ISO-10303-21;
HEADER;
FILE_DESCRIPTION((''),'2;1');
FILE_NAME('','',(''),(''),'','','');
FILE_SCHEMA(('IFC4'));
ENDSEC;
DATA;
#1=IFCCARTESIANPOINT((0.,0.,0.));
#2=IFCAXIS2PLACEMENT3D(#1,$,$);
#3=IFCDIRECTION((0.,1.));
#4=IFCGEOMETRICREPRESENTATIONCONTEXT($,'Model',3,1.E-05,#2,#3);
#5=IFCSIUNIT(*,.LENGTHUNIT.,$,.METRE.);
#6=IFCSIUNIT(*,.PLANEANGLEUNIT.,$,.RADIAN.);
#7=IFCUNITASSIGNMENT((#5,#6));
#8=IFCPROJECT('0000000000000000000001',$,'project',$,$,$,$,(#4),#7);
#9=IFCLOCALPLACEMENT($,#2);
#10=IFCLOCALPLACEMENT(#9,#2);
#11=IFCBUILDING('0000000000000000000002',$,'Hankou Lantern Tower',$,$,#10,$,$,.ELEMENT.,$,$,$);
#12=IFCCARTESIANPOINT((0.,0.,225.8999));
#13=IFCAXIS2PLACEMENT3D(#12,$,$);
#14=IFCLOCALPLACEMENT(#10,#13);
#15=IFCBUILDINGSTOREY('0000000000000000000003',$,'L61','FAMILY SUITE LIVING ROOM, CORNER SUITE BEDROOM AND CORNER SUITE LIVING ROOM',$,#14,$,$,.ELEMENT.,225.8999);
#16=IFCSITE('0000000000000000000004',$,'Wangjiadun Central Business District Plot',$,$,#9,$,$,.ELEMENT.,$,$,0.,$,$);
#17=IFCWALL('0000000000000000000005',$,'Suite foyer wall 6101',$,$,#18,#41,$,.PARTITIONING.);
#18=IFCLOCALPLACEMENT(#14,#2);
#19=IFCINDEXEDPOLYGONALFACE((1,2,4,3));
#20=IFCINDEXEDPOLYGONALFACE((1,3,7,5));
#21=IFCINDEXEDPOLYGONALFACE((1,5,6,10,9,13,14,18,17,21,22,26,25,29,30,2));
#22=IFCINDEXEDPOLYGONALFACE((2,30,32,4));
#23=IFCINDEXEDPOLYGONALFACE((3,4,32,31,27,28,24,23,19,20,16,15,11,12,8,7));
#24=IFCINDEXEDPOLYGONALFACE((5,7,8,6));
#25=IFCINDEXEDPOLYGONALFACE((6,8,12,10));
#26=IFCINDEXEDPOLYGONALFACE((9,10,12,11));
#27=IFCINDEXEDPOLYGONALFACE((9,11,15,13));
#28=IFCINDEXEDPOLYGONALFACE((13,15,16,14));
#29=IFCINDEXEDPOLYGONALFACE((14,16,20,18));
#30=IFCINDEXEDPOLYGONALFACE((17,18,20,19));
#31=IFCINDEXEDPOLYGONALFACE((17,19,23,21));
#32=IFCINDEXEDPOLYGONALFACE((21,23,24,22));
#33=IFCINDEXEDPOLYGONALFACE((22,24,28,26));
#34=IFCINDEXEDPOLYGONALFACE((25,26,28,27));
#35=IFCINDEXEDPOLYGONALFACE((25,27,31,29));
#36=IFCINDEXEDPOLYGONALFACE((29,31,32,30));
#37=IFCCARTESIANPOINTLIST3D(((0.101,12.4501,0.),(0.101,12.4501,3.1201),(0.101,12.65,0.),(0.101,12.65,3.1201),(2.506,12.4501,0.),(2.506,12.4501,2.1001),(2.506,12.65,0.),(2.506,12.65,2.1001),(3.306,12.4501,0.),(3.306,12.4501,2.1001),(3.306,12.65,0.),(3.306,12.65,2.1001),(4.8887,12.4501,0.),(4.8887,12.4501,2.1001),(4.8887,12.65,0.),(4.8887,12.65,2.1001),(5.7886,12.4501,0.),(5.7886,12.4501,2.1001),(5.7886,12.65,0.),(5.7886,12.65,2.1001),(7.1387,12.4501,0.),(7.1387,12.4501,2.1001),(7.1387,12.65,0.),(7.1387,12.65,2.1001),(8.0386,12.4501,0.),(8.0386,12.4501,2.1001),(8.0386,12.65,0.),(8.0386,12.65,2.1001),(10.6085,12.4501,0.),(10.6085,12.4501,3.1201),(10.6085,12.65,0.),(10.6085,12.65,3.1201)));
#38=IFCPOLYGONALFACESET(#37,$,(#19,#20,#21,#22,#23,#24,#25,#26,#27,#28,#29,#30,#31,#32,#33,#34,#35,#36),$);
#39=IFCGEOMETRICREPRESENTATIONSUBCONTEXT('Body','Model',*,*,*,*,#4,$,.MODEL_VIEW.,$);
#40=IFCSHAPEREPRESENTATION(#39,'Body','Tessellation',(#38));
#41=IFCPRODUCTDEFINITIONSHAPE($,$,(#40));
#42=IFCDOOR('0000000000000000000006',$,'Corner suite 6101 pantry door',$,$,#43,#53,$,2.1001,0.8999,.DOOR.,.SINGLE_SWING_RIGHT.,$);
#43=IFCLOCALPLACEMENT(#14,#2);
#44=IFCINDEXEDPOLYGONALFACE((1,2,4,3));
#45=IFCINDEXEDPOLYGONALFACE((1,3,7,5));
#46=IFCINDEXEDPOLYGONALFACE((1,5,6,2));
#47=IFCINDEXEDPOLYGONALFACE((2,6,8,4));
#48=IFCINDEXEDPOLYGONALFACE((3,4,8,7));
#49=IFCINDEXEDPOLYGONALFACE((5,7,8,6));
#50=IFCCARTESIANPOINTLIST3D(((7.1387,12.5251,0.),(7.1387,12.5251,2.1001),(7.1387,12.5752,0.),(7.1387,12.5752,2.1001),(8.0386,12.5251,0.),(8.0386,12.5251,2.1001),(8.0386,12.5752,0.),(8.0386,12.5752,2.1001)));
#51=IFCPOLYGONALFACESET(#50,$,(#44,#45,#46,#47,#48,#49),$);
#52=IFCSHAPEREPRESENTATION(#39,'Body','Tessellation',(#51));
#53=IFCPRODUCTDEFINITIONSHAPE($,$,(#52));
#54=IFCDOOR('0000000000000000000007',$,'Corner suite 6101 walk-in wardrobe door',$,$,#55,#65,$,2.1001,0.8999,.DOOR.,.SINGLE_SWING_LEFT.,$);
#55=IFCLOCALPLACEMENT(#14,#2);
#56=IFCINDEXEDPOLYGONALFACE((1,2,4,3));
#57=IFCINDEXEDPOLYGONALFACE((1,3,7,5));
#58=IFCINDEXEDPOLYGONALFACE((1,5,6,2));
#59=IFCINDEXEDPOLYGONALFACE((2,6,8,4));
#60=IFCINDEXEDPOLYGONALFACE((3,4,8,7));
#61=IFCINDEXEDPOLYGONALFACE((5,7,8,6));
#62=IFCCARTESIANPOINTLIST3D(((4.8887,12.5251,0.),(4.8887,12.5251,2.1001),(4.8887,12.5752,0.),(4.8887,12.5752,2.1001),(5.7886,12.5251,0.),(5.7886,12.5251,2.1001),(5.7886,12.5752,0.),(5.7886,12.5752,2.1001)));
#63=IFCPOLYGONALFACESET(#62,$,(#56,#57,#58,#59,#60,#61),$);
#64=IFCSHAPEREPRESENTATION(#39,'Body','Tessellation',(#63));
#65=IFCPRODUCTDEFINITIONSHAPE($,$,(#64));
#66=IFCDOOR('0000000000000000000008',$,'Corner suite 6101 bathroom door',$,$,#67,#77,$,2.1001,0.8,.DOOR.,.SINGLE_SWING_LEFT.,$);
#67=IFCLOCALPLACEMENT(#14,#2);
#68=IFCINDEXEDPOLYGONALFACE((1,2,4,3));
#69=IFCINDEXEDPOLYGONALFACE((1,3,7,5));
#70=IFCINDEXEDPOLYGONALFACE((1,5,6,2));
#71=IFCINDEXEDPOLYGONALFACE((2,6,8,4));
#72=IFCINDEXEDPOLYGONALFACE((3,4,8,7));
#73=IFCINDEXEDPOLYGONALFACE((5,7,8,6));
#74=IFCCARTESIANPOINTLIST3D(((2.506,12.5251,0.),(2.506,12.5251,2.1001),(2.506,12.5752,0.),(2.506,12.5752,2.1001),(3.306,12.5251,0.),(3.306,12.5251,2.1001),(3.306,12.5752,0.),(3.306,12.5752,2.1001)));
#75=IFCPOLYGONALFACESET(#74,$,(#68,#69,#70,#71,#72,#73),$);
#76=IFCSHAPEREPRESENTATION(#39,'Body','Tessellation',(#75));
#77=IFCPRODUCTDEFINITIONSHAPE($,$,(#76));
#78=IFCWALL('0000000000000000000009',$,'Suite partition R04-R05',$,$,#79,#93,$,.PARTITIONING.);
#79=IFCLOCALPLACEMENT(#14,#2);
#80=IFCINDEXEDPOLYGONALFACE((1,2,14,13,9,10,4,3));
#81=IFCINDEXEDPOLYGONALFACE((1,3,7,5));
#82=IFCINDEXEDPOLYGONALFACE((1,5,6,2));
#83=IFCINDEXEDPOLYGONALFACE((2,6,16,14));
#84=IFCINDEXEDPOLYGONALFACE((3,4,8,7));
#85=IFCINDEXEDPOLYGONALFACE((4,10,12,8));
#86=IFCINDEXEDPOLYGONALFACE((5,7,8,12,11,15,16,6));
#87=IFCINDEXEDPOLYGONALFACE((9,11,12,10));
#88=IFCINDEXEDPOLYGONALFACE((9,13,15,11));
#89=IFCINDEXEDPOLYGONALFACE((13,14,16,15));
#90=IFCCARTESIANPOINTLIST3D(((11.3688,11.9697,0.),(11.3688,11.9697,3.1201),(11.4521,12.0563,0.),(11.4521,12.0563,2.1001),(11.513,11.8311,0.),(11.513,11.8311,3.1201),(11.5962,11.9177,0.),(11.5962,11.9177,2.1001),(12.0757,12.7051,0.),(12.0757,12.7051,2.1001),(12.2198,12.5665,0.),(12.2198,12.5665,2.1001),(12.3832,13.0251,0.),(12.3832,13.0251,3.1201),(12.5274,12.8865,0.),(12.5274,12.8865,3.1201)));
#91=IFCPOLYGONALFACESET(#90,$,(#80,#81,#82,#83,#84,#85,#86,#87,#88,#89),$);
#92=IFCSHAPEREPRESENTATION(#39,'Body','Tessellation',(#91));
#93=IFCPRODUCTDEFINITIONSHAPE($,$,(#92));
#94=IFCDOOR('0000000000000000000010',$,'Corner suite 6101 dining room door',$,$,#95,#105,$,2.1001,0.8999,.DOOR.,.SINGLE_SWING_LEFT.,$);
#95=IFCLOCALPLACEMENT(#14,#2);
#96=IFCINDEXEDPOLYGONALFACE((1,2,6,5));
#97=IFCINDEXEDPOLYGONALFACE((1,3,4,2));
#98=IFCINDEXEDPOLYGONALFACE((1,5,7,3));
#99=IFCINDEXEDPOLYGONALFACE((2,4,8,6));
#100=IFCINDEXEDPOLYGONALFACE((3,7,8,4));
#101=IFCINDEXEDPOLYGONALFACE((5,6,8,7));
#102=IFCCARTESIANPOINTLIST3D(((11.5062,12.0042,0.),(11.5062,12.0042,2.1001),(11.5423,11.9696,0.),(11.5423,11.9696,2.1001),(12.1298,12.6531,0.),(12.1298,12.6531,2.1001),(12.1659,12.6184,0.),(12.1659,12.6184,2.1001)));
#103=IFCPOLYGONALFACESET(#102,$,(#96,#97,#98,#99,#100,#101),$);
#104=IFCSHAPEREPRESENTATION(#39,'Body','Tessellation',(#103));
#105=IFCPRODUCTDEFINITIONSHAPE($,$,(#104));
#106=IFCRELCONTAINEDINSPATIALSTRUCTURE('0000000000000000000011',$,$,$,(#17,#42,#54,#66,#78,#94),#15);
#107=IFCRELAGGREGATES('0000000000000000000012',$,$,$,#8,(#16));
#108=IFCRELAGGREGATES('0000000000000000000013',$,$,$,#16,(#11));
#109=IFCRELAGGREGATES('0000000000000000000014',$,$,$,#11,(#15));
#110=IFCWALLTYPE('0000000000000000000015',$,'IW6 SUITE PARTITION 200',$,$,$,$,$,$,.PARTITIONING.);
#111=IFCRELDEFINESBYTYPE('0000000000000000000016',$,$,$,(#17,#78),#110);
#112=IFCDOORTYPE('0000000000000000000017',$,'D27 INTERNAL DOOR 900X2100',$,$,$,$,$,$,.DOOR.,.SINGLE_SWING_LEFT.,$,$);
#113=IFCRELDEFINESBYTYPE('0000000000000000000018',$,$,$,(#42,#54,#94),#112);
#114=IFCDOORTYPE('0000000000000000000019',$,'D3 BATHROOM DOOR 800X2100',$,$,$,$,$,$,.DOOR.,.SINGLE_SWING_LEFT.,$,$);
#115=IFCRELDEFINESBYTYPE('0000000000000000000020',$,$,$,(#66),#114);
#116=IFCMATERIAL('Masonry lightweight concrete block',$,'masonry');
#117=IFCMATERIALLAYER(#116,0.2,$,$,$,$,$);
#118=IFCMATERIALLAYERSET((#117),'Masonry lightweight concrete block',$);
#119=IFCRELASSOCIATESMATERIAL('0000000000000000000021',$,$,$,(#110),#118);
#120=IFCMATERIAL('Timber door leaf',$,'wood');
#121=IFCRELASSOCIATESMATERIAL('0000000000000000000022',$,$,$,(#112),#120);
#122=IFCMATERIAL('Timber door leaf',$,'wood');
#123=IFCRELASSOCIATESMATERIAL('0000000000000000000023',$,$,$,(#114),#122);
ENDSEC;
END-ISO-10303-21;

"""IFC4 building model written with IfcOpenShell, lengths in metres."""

from ifc_helpers import new_model, si_unit, direction, frame, frame_2d, origin, place, context, subcontext, project, spatial, rectangle, extrude, material, layer, layer_set, type_object, element, fill, save


model = new_model("IFC4")

# Units and contexts
model_context = context("Model", 3, precision=1e-05, world=origin(), true_north=direction((0.0, 1.0)))
body_context = subcontext(model_context, "Body", "Model", "MODEL_VIEW")
ifc_project = project(units=[si_unit("LENGTHUNIT", "METRE"), si_unit("PLANEANGLEUNIT", "RADIAN")], contexts=[model_context])

# Site, building, storey
site_placement = place(None, origin())
site = spatial("IfcSite", under=ifc_project, at=site_placement, Name="Wangjiadun Central Business District Plot", CompositionType="ELEMENT", RefElevation=0.0)
building_placement = place(site_placement, origin())
building = spatial("IfcBuilding", under=site, at=building_placement, Name="Hankou Lantern Tower", CompositionType="ELEMENT")
storey_placement = place(building_placement, frame((0.0, 0.0, 225.8999)))
storey = spatial("IfcBuildingStorey", under=building, at=storey_placement, Name="L61", Description="FAMILY SUITE LIVING ROOM, CORNER SUITE BEDROOM AND CORNER SUITE LIVING ROOM", CompositionType="ELEMENT", Elevation=225.8999)

# Shared definitions
ifc_material_1 = material(Name="Masonry lightweight concrete block", Category="masonry")
ifc_layer_1 = layer(ifc_material_1, 0.2)
ifc_layer_set_1 = layer_set([ifc_layer_1], Name="Masonry lightweight concrete block")
wall_type_1 = type_object("IfcWallType", Name="IW6 SUITE PARTITION 200", PredefinedType="PARTITIONING", material=ifc_layer_set_1)

# Wall, openings, doors
wall_1_placement = place(storey_placement, frame((10.6086, 12.55, 0.0), z_axis=(0.0, 0.0, 1.0), x_axis=(-1.0, 0.0, 0.0)))
wall_1 = element("IfcWall", 1, at=wall_1_placement, inside=storey, type_object=wall_type_1, Name="Suite foyer wall 6101", PredefinedType="PARTITIONING", context=body_context, shape_type="SweptSolid", body=[
    extrude(rectangle(XDim=10.5076, YDim=0.2, at=frame_2d((5.2539, 0.0))), origin(), (0.0, 0.0, 1.0), 3.1201),
])
opening_1_placement = place(wall_1_placement, frame((2.5701, 0.0, 0.0)))
opening_1 = element("IfcOpeningElement", 2, at=opening_1_placement, cuts=wall_1, PredefinedType="OPENING", context=body_context, shape_type="SweptSolid", body=[
    extrude(rectangle(XDim=0.8999, YDim=2.1001, at=frame_2d((0.45, 1.05))), frame((0.0, 0.1099, 0.0), z_axis=(0.0, -1.0, 0.0), x_axis=(1.0, 0.0, 0.0)), (0.0, 0.0, 1.0), 0.22),
])
opening_2_placement = place(wall_1_placement, frame((4.8201, 0.0, 0.0)))
opening_2 = element("IfcOpeningElement", 3, at=opening_2_placement, cuts=wall_1, PredefinedType="OPENING", context=body_context, shape_type="SweptSolid", body=[
    extrude(rectangle(XDim=0.8999, YDim=2.1001, at=frame_2d((0.45, 1.05))), frame((0.0, 0.1099, 0.0), z_axis=(0.0, -1.0, 0.0), x_axis=(1.0, 0.0, 0.0)), (0.0, 0.0, 1.0), 0.22),
])
opening_3_placement = place(wall_1_placement, frame((7.3027, 0.0, 0.0)))
opening_3 = element("IfcOpeningElement", 4, at=opening_3_placement, cuts=wall_1, PredefinedType="OPENING", context=body_context, shape_type="SweptSolid", body=[
    extrude(rectangle(XDim=0.8, YDim=2.1001, at=frame_2d((0.3999, 1.05))), frame((0.0, 0.1099, 0.0), z_axis=(0.0, -1.0, 0.0), x_axis=(1.0, 0.0, 0.0)), (0.0, 0.0, 1.0), 0.22),
])
ifc_material_2 = material(Name="Timber door leaf", Category="wood")
door_type_1 = type_object("IfcDoorType", Name="D27 INTERNAL DOOR 900X2100", OperationType="SINGLE_SWING_LEFT", PredefinedType="DOOR", material=ifc_material_2)
door_1_placement = place(opening_1_placement, origin())
door_1 = element("IfcDoor", 5, at=door_1_placement, inside=storey, type_object=door_type_1, Name="Corner suite 6101 pantry door", OperationType="SINGLE_SWING_RIGHT", OverallHeight=2.1001, OverallWidth=0.8999, PredefinedType="DOOR", context=body_context, shape_type="SweptSolid", body=[
    extrude(rectangle(XDim=0.8999, YDim=2.1001, at=frame_2d((0.45, 1.05))), frame((0.0, 0.0249, 0.0), z_axis=(0.0, -1.0, 0.0), x_axis=(1.0, 0.0, 0.0)), (0.0, 0.0, 1.0), 0.05),
])
fill(opening_1, door_1)
door_2_placement = place(opening_2_placement, origin())
door_2 = element("IfcDoor", 6, at=door_2_placement, inside=storey, type_object=door_type_1, Name="Corner suite 6101 walk-in wardrobe door", OperationType="SINGLE_SWING_LEFT", OverallHeight=2.1001, OverallWidth=0.8999, PredefinedType="DOOR", context=body_context, shape_type="SweptSolid", body=[
    extrude(rectangle(XDim=0.8999, YDim=2.1001, at=frame_2d((0.45, 1.05))), frame((0.0, 0.0249, 0.0), z_axis=(0.0, -1.0, 0.0), x_axis=(1.0, 0.0, 0.0)), (0.0, 0.0, 1.0), 0.05),
])
fill(opening_2, door_2)
ifc_material_3 = material(Name="Timber door leaf", Category="wood")
door_type_2 = type_object("IfcDoorType", Name="D3 BATHROOM DOOR 800X2100", OperationType="SINGLE_SWING_LEFT", PredefinedType="DOOR", material=ifc_material_3)
door_3_placement = place(opening_3_placement, origin())
door_3 = element("IfcDoor", 7, at=door_3_placement, inside=storey, type_object=door_type_2, Name="Corner suite 6101 bathroom door", OperationType="SINGLE_SWING_LEFT", OverallHeight=2.1001, OverallWidth=0.8, PredefinedType="DOOR", context=body_context, shape_type="SweptSolid", body=[
    extrude(rectangle(XDim=0.8, YDim=2.1001, at=frame_2d((0.3999, 1.05))), frame((0.0, 0.0249, 0.0), z_axis=(0.0, -1.0, 0.0), x_axis=(1.0, 0.0, 0.0)), (0.0, 0.0, 1.0), 0.05),
])
fill(opening_3, door_3)

# Wall, opening, door
wall_2_placement = place(storey_placement, frame((11.4409, 11.9004, 0.0), z_axis=(0.0, 0.0, 1.0), x_axis=(0.692959, 0.720977, 0.0)))
wall_2 = element("IfcWall", 8, at=wall_2_placement, inside=storey, type_object=wall_type_1, Name="Suite partition R04-R05", PredefinedType="PARTITIONING", context=body_context, shape_type="SweptSolid", body=[
    extrude(rectangle(XDim=1.4639, YDim=0.2, at=frame_2d((0.7319, 0.0))), origin(), (0.0, 0.0, 1.0), 3.1201),
])
opening_4_placement = place(wall_2_placement, frame((0.1201, 0.0, 0.0)))
opening_4 = element("IfcOpeningElement", 9, at=opening_4_placement, cuts=wall_2, PredefinedType="OPENING", context=body_context, shape_type="SweptSolid", body=[
    extrude(rectangle(XDim=0.8999, YDim=2.1001, at=frame_2d((0.45, 1.05))), frame((0.0, 0.1099, 0.0), z_axis=(0.0, -1.0, 0.0), x_axis=(1.0, 0.0, 0.0)), (0.0, 0.0, 1.0), 0.22),
])
door_4_placement = place(opening_4_placement, origin())
door_4 = element("IfcDoor", 10, at=door_4_placement, inside=storey, type_object=door_type_1, Name="Corner suite 6101 dining room door", OperationType="SINGLE_SWING_LEFT", OverallHeight=2.1001, OverallWidth=0.8999, PredefinedType="DOOR", context=body_context, shape_type="SweptSolid", body=[
    extrude(rectangle(XDim=0.8999, YDim=2.1001, at=frame_2d((0.45, 1.05))), frame((0.0, 0.0249, 0.0), z_axis=(0.0, -1.0, 0.0), x_axis=(1.0, 0.0, 0.0)), (0.0, 0.0, 1.0), 0.05),
])
fill(opening_4, door_4)

save(model, "model.ifc")
